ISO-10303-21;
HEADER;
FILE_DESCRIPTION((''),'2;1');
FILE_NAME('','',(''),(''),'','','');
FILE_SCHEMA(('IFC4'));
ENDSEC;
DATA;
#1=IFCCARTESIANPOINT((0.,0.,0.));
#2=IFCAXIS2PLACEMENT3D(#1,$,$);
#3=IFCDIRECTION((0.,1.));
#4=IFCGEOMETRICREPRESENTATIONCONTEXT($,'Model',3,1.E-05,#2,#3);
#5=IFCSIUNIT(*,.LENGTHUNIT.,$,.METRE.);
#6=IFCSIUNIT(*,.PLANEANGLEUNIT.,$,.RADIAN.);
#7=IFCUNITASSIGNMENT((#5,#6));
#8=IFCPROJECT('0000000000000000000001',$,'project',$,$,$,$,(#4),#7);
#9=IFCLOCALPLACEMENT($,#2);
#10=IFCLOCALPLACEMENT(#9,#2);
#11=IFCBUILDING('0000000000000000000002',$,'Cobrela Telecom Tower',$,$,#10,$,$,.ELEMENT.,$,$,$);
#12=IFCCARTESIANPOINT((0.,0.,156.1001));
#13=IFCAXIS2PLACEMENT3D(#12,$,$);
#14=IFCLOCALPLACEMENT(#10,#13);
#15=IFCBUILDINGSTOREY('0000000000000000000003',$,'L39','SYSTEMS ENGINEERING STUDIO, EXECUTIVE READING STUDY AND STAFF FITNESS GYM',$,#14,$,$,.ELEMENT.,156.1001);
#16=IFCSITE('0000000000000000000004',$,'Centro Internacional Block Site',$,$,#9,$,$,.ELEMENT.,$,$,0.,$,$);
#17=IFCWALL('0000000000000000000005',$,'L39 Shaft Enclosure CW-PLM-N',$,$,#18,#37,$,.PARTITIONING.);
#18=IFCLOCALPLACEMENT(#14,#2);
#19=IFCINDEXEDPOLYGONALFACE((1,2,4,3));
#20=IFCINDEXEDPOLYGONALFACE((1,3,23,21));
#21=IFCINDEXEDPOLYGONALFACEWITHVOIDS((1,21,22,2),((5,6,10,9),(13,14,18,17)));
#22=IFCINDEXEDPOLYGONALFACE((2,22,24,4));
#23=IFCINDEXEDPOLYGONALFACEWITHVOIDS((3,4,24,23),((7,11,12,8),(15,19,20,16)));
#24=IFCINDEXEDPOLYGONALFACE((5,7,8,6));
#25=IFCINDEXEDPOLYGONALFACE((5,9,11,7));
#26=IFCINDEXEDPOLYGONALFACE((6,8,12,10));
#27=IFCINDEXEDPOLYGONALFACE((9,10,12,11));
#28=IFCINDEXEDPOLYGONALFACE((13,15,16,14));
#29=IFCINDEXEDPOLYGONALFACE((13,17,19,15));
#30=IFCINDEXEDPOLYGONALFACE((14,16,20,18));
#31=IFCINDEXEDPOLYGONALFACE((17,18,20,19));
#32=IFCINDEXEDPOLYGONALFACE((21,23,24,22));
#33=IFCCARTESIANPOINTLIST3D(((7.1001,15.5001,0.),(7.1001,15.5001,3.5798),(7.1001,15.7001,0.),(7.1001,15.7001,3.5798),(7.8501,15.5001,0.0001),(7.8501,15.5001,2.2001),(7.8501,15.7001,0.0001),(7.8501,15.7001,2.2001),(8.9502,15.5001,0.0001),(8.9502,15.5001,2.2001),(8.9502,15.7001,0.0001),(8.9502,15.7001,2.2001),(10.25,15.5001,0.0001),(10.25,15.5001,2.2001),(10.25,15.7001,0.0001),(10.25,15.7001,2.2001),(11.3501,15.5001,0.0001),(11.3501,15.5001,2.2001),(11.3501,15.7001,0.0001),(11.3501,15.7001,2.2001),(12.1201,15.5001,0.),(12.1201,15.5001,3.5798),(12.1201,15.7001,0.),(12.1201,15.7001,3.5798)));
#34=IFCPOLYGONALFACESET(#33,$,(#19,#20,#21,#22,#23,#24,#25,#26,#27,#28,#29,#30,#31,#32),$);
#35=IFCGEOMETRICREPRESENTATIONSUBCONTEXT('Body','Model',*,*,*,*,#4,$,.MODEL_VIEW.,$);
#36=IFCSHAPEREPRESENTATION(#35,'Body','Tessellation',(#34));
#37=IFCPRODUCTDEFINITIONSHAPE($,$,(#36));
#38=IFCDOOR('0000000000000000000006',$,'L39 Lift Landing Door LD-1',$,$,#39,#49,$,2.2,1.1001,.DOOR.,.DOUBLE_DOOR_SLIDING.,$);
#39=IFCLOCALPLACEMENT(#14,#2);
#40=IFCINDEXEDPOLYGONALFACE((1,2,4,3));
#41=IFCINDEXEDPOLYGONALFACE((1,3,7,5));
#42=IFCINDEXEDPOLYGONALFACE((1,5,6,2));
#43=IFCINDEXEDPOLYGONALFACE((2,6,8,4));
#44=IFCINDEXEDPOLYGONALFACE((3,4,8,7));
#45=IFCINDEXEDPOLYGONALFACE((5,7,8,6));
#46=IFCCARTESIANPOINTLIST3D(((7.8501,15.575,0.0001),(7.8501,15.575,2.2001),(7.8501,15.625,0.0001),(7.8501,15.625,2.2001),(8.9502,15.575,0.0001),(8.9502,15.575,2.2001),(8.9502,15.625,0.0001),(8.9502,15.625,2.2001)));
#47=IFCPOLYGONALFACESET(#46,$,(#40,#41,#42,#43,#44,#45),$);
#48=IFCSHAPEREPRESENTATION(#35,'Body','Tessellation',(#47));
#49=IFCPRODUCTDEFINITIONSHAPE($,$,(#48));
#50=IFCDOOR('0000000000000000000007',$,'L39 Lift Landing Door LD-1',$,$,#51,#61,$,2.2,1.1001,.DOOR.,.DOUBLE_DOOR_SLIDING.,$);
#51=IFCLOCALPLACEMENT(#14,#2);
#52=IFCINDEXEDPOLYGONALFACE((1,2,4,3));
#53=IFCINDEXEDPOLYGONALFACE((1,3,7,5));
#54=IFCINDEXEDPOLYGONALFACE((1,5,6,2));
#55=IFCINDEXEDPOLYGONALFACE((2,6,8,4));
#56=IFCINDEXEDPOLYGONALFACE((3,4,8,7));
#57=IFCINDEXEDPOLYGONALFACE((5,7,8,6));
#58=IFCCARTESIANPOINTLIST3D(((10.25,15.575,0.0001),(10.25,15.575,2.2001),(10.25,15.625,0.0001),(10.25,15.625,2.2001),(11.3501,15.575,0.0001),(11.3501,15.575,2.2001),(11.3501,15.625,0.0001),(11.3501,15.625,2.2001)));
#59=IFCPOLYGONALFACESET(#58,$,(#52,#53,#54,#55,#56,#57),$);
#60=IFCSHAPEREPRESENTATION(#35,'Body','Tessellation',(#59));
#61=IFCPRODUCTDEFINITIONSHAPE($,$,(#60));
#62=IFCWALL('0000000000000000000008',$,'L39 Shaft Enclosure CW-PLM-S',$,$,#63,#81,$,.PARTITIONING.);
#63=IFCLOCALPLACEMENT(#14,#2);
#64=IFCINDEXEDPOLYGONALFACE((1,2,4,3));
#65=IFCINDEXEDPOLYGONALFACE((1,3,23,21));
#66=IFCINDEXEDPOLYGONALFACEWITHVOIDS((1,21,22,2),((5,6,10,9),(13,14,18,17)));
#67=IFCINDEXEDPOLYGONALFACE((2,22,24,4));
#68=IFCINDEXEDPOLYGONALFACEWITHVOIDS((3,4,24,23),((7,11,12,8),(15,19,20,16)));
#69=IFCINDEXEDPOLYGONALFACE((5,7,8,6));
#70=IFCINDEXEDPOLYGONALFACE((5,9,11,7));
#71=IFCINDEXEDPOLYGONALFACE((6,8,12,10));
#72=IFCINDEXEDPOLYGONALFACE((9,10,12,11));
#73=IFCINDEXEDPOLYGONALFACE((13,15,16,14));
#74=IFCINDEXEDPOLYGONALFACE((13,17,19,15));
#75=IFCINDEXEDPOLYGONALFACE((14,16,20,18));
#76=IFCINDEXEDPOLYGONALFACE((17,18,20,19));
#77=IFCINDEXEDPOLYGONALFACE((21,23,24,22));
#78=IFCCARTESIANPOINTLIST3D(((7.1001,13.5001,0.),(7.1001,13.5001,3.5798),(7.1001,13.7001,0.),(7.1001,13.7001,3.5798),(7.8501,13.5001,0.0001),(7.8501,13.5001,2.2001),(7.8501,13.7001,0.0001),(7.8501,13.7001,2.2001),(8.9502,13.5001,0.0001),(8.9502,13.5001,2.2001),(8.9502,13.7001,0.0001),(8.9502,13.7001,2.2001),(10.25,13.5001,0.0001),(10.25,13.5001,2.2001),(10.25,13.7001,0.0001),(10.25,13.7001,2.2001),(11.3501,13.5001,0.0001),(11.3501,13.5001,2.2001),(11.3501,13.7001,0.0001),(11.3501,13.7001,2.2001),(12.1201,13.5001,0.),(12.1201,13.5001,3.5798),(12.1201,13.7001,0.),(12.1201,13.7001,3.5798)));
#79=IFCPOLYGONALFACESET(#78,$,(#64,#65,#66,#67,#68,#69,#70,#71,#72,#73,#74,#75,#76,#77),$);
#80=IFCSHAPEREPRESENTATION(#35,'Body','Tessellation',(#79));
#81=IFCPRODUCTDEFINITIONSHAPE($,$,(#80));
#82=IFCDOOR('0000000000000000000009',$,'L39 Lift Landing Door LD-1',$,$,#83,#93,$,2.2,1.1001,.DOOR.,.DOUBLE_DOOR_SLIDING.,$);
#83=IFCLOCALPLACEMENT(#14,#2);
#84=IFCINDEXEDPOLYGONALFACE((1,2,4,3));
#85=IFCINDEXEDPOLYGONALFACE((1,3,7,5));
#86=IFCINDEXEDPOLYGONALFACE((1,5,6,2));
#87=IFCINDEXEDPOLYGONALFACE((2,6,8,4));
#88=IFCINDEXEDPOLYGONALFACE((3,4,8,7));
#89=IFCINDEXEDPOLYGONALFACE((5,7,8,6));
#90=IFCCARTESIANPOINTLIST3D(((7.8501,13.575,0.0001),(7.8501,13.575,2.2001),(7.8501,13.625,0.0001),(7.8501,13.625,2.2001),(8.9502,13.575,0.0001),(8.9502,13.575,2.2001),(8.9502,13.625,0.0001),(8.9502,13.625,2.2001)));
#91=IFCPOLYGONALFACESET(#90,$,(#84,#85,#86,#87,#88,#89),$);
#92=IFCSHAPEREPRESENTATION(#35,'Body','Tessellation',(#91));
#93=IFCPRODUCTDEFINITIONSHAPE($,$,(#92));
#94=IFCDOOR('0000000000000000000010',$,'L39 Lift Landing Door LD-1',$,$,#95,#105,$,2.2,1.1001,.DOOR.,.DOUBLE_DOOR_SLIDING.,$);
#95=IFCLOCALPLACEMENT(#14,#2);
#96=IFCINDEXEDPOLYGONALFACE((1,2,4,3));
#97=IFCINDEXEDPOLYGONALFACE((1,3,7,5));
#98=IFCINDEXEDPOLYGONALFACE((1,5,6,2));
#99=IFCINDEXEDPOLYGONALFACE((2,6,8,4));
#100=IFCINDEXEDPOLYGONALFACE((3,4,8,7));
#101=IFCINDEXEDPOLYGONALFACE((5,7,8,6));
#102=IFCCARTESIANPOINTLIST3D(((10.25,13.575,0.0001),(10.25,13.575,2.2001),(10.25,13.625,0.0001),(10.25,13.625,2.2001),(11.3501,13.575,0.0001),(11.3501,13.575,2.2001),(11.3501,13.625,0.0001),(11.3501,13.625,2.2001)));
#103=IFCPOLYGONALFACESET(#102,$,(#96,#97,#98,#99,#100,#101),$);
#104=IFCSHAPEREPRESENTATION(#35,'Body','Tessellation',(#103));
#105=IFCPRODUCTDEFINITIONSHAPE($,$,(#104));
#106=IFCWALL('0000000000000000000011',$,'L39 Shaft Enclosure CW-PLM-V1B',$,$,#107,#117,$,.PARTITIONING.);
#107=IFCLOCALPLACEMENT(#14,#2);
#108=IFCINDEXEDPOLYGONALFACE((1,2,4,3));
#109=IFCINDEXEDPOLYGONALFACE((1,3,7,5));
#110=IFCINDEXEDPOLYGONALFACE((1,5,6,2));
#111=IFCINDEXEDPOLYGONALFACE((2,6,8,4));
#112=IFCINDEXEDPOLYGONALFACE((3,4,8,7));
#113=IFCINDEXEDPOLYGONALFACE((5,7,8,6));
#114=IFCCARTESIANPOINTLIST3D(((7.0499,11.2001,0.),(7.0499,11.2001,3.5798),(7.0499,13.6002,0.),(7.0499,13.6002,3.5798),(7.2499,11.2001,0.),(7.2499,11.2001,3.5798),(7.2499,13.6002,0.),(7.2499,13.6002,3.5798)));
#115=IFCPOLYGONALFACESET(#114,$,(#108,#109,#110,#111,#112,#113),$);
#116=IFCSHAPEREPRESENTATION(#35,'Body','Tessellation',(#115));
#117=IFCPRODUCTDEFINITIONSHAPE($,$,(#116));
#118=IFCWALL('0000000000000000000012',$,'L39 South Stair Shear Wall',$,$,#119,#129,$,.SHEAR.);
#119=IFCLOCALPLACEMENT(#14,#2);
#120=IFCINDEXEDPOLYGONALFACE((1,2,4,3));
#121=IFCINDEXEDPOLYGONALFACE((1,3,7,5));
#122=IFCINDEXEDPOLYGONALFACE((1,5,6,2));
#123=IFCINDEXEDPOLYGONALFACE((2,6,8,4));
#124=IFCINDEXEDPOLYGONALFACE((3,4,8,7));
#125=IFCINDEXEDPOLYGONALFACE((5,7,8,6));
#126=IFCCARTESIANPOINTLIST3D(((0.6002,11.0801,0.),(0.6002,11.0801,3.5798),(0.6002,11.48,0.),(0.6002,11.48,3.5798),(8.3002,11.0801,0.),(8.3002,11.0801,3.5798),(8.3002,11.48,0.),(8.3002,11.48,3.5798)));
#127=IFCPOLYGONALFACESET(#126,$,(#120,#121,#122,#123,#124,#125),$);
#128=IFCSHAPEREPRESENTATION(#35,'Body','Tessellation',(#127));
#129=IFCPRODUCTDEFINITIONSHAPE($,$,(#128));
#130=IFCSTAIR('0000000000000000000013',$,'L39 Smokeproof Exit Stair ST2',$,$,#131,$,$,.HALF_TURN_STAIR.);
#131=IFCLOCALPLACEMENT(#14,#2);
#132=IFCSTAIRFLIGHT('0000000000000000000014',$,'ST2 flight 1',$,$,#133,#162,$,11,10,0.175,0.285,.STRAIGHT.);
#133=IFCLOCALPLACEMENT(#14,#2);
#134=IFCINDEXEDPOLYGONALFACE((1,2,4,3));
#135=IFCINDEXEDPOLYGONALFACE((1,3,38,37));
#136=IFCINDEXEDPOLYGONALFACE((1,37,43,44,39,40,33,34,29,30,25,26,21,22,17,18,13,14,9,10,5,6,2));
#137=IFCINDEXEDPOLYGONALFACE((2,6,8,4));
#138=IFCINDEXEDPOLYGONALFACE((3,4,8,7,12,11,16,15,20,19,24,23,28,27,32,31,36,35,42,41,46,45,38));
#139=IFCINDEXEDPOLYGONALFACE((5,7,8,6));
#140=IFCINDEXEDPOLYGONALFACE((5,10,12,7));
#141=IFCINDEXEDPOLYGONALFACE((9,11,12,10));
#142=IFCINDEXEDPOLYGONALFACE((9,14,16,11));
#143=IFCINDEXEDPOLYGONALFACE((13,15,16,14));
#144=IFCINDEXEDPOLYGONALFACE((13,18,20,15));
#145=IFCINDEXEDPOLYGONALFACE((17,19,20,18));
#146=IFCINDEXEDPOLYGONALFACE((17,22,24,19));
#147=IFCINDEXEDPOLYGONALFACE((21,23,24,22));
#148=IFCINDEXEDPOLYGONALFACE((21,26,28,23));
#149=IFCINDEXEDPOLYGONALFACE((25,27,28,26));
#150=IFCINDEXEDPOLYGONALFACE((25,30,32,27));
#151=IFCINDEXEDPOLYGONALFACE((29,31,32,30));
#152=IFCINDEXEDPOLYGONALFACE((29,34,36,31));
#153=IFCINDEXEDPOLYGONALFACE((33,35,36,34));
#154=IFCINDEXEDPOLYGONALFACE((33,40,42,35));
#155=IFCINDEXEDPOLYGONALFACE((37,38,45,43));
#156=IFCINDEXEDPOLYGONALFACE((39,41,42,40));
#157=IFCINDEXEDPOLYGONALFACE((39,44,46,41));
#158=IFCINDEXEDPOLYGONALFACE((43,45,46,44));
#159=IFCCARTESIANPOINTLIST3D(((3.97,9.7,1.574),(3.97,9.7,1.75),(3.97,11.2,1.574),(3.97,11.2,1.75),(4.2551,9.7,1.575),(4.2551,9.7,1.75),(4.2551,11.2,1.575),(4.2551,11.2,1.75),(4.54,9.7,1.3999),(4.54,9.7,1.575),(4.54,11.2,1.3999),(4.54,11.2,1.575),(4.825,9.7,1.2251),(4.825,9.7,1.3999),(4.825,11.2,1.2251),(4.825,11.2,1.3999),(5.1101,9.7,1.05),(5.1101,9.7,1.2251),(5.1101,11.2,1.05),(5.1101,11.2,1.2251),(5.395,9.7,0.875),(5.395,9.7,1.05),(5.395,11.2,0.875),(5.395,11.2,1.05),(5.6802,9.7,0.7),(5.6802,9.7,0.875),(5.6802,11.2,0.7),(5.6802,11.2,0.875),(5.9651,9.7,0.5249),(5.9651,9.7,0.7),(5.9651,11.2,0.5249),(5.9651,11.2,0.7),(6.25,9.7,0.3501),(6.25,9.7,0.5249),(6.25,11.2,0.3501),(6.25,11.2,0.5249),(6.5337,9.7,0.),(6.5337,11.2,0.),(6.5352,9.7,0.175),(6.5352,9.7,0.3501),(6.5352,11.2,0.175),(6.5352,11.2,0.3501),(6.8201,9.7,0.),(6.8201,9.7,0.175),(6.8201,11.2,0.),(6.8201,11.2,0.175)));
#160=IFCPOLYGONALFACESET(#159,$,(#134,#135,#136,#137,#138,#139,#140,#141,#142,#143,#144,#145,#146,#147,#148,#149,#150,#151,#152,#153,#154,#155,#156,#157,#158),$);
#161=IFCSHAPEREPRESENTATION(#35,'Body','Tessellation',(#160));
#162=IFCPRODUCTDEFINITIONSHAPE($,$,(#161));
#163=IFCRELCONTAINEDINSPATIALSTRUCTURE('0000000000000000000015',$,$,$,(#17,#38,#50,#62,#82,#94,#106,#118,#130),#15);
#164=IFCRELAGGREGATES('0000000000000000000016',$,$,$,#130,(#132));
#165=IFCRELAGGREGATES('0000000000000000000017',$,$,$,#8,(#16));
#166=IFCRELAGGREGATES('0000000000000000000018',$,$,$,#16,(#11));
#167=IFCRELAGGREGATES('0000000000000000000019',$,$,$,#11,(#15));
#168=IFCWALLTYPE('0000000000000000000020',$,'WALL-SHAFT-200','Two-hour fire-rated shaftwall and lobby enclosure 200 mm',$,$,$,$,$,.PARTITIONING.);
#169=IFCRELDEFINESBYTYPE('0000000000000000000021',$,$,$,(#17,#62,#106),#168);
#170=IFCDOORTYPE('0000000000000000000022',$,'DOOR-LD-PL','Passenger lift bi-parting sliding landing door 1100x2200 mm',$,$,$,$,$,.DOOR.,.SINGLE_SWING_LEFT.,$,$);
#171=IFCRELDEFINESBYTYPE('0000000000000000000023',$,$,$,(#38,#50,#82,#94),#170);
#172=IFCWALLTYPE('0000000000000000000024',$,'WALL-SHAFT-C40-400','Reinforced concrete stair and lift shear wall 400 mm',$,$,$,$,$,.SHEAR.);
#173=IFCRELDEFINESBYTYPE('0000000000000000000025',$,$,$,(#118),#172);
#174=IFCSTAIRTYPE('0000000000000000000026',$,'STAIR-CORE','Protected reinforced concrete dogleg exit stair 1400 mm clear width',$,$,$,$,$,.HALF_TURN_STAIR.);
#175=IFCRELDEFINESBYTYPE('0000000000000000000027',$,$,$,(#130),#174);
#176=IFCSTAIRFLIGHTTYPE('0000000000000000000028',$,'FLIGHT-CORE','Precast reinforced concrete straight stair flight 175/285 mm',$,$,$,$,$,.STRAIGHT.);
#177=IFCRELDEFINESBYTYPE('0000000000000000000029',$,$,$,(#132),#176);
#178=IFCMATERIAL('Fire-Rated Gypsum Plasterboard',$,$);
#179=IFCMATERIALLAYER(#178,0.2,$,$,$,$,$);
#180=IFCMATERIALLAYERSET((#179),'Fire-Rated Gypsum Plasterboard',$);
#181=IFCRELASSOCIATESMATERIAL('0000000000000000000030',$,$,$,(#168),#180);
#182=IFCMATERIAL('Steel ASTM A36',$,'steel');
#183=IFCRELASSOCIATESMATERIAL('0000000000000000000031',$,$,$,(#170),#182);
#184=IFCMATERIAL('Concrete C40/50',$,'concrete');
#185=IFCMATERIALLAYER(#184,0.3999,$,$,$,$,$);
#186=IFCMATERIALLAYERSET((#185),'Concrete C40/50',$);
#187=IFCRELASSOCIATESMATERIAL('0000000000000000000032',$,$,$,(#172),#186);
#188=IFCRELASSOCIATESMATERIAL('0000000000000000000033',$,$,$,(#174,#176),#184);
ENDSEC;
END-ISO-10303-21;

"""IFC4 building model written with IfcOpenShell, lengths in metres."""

from ifc_helpers import new_model, si_unit, direction, frame, frame_2d, origin, place, context, subcontext, project, spatial, polyline, rectangle, outline, extrude, material, layer, layer_set, type_object, element, fill, aggregate, save


model = new_model("IFC4")

# Units and contexts
model_context = context("Model", 3, precision=1e-05, world=origin(), true_north=direction((0.0, 1.0)))
body_context = subcontext(model_context, "Body", "Model", "MODEL_VIEW")
ifc_project = project(units=[si_unit("LENGTHUNIT", "METRE"), si_unit("PLANEANGLEUNIT", "RADIAN")], contexts=[model_context])

# Site, building, storey
site_placement = place(None, origin())
site = spatial("IfcSite", under=ifc_project, at=site_placement, Name="Centro Internacional Block Site", CompositionType="ELEMENT", RefElevation=0.0)
building_placement = place(site_placement, origin())
building = spatial("IfcBuilding", under=site, at=building_placement, Name="Cobrela Telecom Tower", CompositionType="ELEMENT")
storey_placement = place(building_placement, frame((0.0, 0.0, 156.1001)))
storey = spatial("IfcBuildingStorey", under=building, at=storey_placement, Name="L39", Description="SYSTEMS ENGINEERING STUDIO, EXECUTIVE READING STUDY AND STAFF FITNESS GYM", CompositionType="ELEMENT", Elevation=156.1001)

# Shared definitions
ifc_material_1 = material(Name="Fire-Rated Gypsum Plasterboard")

# Shared definitions
ifc_layer_1 = layer(ifc_material_1, 0.2)
ifc_layer_set_1 = layer_set([ifc_layer_1], Name="Fire-Rated Gypsum Plasterboard")
wall_type_1 = type_object("IfcWallType", Name="WALL-SHAFT-200", Description="Two-hour fire-rated shaftwall and lobby enclosure 200 mm", PredefinedType="PARTITIONING", material=ifc_layer_set_1)

# Walls, openings, doors
wall_1_placement = place(storey_placement, frame((7.1001, 15.6001, 0.0), z_axis=(0.0, 0.0, 1.0), x_axis=(1.0, 0.0, 0.0)))
wall_1 = element("IfcWall", 1, at=wall_1_placement, inside=storey, type_object=wall_type_1, Name="L39 Shaft Enclosure CW-PLM-N", PredefinedType="PARTITIONING", context=body_context, shape_type="SweptSolid", body=[
    extrude(rectangle(XDim=5.02, YDim=0.2, at=frame_2d((2.51, 0.0))), origin(), (0.0, 0.0, 1.0), 3.5798),
])
opening_1_placement = place(wall_1_placement, frame((0.75, 0.0, 0.0)))
opening_1 = element("IfcOpeningElement", 2, at=opening_1_placement, cuts=wall_1, PredefinedType="OPENING", context=body_context, shape_type="SweptSolid", body=[
    extrude(rectangle(XDim=1.1001, YDim=2.2, at=frame_2d((0.55, 1.1001))), frame((0.0, 0.1118, 0.0), z_axis=(0.0, -1.0, 0.0), x_axis=(1.0, 0.0, 0.0)), (0.0, 0.0, 1.0), 0.2239),
])
opening_2_placement = place(wall_1_placement, frame((3.1499, 0.0, 0.0)))
opening_2 = element("IfcOpeningElement", 3, at=opening_2_placement, cuts=wall_1, PredefinedType="OPENING", context=body_context, shape_type="SweptSolid", body=[
    extrude(rectangle(XDim=1.1001, YDim=2.2, at=frame_2d((0.55, 1.1001))), frame((0.0, 0.1118, 0.0), z_axis=(0.0, -1.0, 0.0), x_axis=(1.0, 0.0, 0.0)), (0.0, 0.0, 1.0), 0.2239),
])
ifc_material_2 = material(Name="Steel ASTM A36", Category="steel")
door_type_1 = type_object("IfcDoorType", Name="DOOR-LD-PL", Description="Passenger lift bi-parting sliding landing door 1100x2200 mm", OperationType="SINGLE_SWING_LEFT", PredefinedType="DOOR", material=ifc_material_2)
door_1_placement = place(opening_1_placement, origin())
door_1 = element("IfcDoor", 4, at=door_1_placement, inside=storey, type_object=door_type_1, Name="L39 Lift Landing Door LD-1", OperationType="DOUBLE_DOOR_SLIDING", OverallHeight=2.2, OverallWidth=1.1001, PredefinedType="DOOR", context=body_context, shape_type="SweptSolid", body=[
    extrude(rectangle(XDim=1.1001, YDim=2.2, at=frame_2d((0.55, 1.1001))), frame((0.0, 0.0249, 0.0), z_axis=(0.0, -1.0, 0.0), x_axis=(1.0, 0.0, 0.0)), (0.0, 0.0, 1.0), 0.05),
])
fill(opening_1, door_1)
door_2_placement = place(opening_2_placement, origin())
door_2 = element("IfcDoor", 5, at=door_2_placement, inside=storey, type_object=door_type_1, Name="L39 Lift Landing Door LD-1", OperationType="DOUBLE_DOOR_SLIDING", OverallHeight=2.2, OverallWidth=1.1001, PredefinedType="DOOR", context=body_context, shape_type="SweptSolid", body=[
    extrude(rectangle(XDim=1.1001, YDim=2.2, at=frame_2d((0.55, 1.1001))), frame((0.0, 0.0249, 0.0), z_axis=(0.0, -1.0, 0.0), x_axis=(1.0, 0.0, 0.0)), (0.0, 0.0, 1.0), 0.05),
])
fill(opening_2, door_2)
wall_2_placement = place(storey_placement, frame((7.1001, 13.6001, 0.0), z_axis=(0.0, 0.0, 1.0), x_axis=(1.0, 0.0, 0.0)))
wall_2 = element("IfcWall", 6, at=wall_2_placement, inside=storey, type_object=wall_type_1, Name="L39 Shaft Enclosure CW-PLM-S", PredefinedType="PARTITIONING", context=body_context, shape_type="SweptSolid", body=[
    extrude(rectangle(XDim=5.02, YDim=0.2, at=frame_2d((2.51, 0.0))), origin(), (0.0, 0.0, 1.0), 3.5798),
])
opening_3_placement = place(wall_2_placement, frame((0.75, 0.0, 0.0)))
opening_3 = element("IfcOpeningElement", 7, at=opening_3_placement, cuts=wall_2, PredefinedType="OPENING", context=body_context, shape_type="SweptSolid", body=[
    extrude(rectangle(XDim=1.1001, YDim=2.2, at=frame_2d((0.55, 1.1001))), frame((0.0, 0.1118, 0.0), z_axis=(0.0, -1.0, 0.0), x_axis=(1.0, 0.0, 0.0)), (0.0, 0.0, 1.0), 0.2239),
])
opening_4_placement = place(wall_2_placement, frame((3.1499, 0.0, 0.0)))
opening_4 = element("IfcOpeningElement", 8, at=opening_4_placement, cuts=wall_2, PredefinedType="OPENING", context=body_context, shape_type="SweptSolid", body=[
    extrude(rectangle(XDim=1.1001, YDim=2.2, at=frame_2d((0.55, 1.1001))), frame((0.0, 0.1118, 0.0), z_axis=(0.0, -1.0, 0.0), x_axis=(1.0, 0.0, 0.0)), (0.0, 0.0, 1.0), 0.2239),
])
door_3_placement = place(opening_3_placement, origin())
door_3 = element("IfcDoor", 9, at=door_3_placement, inside=storey, type_object=door_type_1, Name="L39 Lift Landing Door LD-1", OperationType="DOUBLE_DOOR_SLIDING", OverallHeight=2.2, OverallWidth=1.1001, PredefinedType="DOOR", context=body_context, shape_type="SweptSolid", body=[
    extrude(rectangle(XDim=1.1001, YDim=2.2, at=frame_2d((0.55, 1.1001))), frame((0.0, 0.0249, 0.0), z_axis=(0.0, -1.0, 0.0), x_axis=(1.0, 0.0, 0.0)), (0.0, 0.0, 1.0), 0.05),
])
fill(opening_3, door_3)
door_4_placement = place(opening_4_placement, origin())
door_4 = element("IfcDoor", 10, at=door_4_placement, inside=storey, type_object=door_type_1, Name="L39 Lift Landing Door LD-1", OperationType="DOUBLE_DOOR_SLIDING", OverallHeight=2.2, OverallWidth=1.1001, PredefinedType="DOOR", context=body_context, shape_type="SweptSolid", body=[
    extrude(rectangle(XDim=1.1001, YDim=2.2, at=frame_2d((0.55, 1.1001))), frame((0.0, 0.0249, 0.0), z_axis=(0.0, -1.0, 0.0), x_axis=(1.0, 0.0, 0.0)), (0.0, 0.0, 1.0), 0.05),
])
fill(opening_4, door_4)

# Walls
wall_3_placement = place(storey_placement, frame((7.1499, 11.2, 0.0), z_axis=(0.0, 0.0, 1.0), x_axis=(0.0, 1.0, 0.0)))
element("IfcWall", 11, at=wall_3_placement, inside=storey, type_object=wall_type_1, Name="L39 Shaft Enclosure CW-PLM-V1B", PredefinedType="PARTITIONING", context=body_context, shape_type="SweptSolid", body=[
    extrude(rectangle(XDim=2.4001, YDim=0.2, at=frame_2d((1.2002, 0.0))), origin(), (0.0, 0.0, 1.0), 3.5798),
])
ifc_material_3 = material(Name="Concrete C40/50", Category="concrete")
ifc_layer_2 = layer(ifc_material_3, 0.3999)
ifc_layer_set_2 = layer_set([ifc_layer_2], Name="Concrete C40/50")
wall_type_2 = type_object("IfcWallType", Name="WALL-SHAFT-C40-400", Description="Reinforced concrete stair and lift shear wall 400 mm", PredefinedType="SHEAR", material=ifc_layer_set_2)
wall_4_placement = place(storey_placement, frame((0.6001, 11.28, 0.0), z_axis=(0.0, 0.0, 1.0), x_axis=(1.0, 0.0, 0.0)))
element("IfcWall", 12, at=wall_4_placement, inside=storey, type_object=wall_type_2, Name="L39 South Stair Shear Wall", PredefinedType="SHEAR", context=body_context, shape_type="SweptSolid", body=[
    extrude(rectangle(XDim=7.7, YDim=0.3999, at=frame_2d((3.8501, 0.0))), origin(), (0.0, 0.0, 1.0), 3.5798),
])

# Stair, stair flight
stair_type = type_object("IfcStairType", Name="STAIR-CORE", Description="Protected reinforced concrete dogleg exit stair 1400 mm clear width", PredefinedType="HALF_TURN_STAIR", material=ifc_material_3)
stair_placement = place(storey_placement, origin())
stair = element("IfcStair", 13, at=stair_placement, inside=storey, type_object=stair_type, Name="L39 Smokeproof Exit Stair ST2", PredefinedType="HALF_TURN_STAIR")
stair_flight_type = type_object("IfcStairFlightType", Name="FLIGHT-CORE", Description="Precast reinforced concrete straight stair flight 175/285 mm", PredefinedType="STRAIGHT", material=ifc_material_3)
stair_flight_placement = place(storey_placement, frame((6.8201, 10.45, 0.0), z_axis=(0.0, 0.0, 1.0), x_axis=(-1.0, 0.0, 0.0)))
stair_flight = element("IfcStairFlight", 14, at=stair_flight_placement, type_object=stair_flight_type, Name="ST2 flight 1", NumberOfRisers=11, NumberOfTreads=10, PredefinedType="STRAIGHT", RiserHeight=0.175, TreadLength=0.285, context=body_context, shape_type="SweptSolid", body=[
    extrude(outline(polyline([(0.0, 0.0), (0.0, 0.175), (0.2849, 0.175), (0.2849, 0.3501), (0.5701, 0.3501), (0.5701, 0.5249), (0.855, 0.5249), (0.855, 0.7), (1.1399, 0.7), (1.1399, 0.875), (1.425, 0.875), (1.425, 1.05), (1.71, 1.05), (1.71, 1.2251), (1.9951, 1.2251), (1.9951, 1.3999), (2.28, 1.3999), (2.28, 1.575), (2.5649, 1.575), (2.5649, 1.75), (2.8501, 1.75), (2.8501, 1.925), (2.8501, 1.574), (0.2864, 0.0), (0.0, 0.0)])), frame((0.0, 0.75, 0.0), z_axis=(0.0, -1.0, 0.0), x_axis=(1.0, 0.0, 0.0)), (0.0, 0.0, 1.0), 1.5),
])
aggregate(stair, [stair_flight])

save(model, "model.ifc")
